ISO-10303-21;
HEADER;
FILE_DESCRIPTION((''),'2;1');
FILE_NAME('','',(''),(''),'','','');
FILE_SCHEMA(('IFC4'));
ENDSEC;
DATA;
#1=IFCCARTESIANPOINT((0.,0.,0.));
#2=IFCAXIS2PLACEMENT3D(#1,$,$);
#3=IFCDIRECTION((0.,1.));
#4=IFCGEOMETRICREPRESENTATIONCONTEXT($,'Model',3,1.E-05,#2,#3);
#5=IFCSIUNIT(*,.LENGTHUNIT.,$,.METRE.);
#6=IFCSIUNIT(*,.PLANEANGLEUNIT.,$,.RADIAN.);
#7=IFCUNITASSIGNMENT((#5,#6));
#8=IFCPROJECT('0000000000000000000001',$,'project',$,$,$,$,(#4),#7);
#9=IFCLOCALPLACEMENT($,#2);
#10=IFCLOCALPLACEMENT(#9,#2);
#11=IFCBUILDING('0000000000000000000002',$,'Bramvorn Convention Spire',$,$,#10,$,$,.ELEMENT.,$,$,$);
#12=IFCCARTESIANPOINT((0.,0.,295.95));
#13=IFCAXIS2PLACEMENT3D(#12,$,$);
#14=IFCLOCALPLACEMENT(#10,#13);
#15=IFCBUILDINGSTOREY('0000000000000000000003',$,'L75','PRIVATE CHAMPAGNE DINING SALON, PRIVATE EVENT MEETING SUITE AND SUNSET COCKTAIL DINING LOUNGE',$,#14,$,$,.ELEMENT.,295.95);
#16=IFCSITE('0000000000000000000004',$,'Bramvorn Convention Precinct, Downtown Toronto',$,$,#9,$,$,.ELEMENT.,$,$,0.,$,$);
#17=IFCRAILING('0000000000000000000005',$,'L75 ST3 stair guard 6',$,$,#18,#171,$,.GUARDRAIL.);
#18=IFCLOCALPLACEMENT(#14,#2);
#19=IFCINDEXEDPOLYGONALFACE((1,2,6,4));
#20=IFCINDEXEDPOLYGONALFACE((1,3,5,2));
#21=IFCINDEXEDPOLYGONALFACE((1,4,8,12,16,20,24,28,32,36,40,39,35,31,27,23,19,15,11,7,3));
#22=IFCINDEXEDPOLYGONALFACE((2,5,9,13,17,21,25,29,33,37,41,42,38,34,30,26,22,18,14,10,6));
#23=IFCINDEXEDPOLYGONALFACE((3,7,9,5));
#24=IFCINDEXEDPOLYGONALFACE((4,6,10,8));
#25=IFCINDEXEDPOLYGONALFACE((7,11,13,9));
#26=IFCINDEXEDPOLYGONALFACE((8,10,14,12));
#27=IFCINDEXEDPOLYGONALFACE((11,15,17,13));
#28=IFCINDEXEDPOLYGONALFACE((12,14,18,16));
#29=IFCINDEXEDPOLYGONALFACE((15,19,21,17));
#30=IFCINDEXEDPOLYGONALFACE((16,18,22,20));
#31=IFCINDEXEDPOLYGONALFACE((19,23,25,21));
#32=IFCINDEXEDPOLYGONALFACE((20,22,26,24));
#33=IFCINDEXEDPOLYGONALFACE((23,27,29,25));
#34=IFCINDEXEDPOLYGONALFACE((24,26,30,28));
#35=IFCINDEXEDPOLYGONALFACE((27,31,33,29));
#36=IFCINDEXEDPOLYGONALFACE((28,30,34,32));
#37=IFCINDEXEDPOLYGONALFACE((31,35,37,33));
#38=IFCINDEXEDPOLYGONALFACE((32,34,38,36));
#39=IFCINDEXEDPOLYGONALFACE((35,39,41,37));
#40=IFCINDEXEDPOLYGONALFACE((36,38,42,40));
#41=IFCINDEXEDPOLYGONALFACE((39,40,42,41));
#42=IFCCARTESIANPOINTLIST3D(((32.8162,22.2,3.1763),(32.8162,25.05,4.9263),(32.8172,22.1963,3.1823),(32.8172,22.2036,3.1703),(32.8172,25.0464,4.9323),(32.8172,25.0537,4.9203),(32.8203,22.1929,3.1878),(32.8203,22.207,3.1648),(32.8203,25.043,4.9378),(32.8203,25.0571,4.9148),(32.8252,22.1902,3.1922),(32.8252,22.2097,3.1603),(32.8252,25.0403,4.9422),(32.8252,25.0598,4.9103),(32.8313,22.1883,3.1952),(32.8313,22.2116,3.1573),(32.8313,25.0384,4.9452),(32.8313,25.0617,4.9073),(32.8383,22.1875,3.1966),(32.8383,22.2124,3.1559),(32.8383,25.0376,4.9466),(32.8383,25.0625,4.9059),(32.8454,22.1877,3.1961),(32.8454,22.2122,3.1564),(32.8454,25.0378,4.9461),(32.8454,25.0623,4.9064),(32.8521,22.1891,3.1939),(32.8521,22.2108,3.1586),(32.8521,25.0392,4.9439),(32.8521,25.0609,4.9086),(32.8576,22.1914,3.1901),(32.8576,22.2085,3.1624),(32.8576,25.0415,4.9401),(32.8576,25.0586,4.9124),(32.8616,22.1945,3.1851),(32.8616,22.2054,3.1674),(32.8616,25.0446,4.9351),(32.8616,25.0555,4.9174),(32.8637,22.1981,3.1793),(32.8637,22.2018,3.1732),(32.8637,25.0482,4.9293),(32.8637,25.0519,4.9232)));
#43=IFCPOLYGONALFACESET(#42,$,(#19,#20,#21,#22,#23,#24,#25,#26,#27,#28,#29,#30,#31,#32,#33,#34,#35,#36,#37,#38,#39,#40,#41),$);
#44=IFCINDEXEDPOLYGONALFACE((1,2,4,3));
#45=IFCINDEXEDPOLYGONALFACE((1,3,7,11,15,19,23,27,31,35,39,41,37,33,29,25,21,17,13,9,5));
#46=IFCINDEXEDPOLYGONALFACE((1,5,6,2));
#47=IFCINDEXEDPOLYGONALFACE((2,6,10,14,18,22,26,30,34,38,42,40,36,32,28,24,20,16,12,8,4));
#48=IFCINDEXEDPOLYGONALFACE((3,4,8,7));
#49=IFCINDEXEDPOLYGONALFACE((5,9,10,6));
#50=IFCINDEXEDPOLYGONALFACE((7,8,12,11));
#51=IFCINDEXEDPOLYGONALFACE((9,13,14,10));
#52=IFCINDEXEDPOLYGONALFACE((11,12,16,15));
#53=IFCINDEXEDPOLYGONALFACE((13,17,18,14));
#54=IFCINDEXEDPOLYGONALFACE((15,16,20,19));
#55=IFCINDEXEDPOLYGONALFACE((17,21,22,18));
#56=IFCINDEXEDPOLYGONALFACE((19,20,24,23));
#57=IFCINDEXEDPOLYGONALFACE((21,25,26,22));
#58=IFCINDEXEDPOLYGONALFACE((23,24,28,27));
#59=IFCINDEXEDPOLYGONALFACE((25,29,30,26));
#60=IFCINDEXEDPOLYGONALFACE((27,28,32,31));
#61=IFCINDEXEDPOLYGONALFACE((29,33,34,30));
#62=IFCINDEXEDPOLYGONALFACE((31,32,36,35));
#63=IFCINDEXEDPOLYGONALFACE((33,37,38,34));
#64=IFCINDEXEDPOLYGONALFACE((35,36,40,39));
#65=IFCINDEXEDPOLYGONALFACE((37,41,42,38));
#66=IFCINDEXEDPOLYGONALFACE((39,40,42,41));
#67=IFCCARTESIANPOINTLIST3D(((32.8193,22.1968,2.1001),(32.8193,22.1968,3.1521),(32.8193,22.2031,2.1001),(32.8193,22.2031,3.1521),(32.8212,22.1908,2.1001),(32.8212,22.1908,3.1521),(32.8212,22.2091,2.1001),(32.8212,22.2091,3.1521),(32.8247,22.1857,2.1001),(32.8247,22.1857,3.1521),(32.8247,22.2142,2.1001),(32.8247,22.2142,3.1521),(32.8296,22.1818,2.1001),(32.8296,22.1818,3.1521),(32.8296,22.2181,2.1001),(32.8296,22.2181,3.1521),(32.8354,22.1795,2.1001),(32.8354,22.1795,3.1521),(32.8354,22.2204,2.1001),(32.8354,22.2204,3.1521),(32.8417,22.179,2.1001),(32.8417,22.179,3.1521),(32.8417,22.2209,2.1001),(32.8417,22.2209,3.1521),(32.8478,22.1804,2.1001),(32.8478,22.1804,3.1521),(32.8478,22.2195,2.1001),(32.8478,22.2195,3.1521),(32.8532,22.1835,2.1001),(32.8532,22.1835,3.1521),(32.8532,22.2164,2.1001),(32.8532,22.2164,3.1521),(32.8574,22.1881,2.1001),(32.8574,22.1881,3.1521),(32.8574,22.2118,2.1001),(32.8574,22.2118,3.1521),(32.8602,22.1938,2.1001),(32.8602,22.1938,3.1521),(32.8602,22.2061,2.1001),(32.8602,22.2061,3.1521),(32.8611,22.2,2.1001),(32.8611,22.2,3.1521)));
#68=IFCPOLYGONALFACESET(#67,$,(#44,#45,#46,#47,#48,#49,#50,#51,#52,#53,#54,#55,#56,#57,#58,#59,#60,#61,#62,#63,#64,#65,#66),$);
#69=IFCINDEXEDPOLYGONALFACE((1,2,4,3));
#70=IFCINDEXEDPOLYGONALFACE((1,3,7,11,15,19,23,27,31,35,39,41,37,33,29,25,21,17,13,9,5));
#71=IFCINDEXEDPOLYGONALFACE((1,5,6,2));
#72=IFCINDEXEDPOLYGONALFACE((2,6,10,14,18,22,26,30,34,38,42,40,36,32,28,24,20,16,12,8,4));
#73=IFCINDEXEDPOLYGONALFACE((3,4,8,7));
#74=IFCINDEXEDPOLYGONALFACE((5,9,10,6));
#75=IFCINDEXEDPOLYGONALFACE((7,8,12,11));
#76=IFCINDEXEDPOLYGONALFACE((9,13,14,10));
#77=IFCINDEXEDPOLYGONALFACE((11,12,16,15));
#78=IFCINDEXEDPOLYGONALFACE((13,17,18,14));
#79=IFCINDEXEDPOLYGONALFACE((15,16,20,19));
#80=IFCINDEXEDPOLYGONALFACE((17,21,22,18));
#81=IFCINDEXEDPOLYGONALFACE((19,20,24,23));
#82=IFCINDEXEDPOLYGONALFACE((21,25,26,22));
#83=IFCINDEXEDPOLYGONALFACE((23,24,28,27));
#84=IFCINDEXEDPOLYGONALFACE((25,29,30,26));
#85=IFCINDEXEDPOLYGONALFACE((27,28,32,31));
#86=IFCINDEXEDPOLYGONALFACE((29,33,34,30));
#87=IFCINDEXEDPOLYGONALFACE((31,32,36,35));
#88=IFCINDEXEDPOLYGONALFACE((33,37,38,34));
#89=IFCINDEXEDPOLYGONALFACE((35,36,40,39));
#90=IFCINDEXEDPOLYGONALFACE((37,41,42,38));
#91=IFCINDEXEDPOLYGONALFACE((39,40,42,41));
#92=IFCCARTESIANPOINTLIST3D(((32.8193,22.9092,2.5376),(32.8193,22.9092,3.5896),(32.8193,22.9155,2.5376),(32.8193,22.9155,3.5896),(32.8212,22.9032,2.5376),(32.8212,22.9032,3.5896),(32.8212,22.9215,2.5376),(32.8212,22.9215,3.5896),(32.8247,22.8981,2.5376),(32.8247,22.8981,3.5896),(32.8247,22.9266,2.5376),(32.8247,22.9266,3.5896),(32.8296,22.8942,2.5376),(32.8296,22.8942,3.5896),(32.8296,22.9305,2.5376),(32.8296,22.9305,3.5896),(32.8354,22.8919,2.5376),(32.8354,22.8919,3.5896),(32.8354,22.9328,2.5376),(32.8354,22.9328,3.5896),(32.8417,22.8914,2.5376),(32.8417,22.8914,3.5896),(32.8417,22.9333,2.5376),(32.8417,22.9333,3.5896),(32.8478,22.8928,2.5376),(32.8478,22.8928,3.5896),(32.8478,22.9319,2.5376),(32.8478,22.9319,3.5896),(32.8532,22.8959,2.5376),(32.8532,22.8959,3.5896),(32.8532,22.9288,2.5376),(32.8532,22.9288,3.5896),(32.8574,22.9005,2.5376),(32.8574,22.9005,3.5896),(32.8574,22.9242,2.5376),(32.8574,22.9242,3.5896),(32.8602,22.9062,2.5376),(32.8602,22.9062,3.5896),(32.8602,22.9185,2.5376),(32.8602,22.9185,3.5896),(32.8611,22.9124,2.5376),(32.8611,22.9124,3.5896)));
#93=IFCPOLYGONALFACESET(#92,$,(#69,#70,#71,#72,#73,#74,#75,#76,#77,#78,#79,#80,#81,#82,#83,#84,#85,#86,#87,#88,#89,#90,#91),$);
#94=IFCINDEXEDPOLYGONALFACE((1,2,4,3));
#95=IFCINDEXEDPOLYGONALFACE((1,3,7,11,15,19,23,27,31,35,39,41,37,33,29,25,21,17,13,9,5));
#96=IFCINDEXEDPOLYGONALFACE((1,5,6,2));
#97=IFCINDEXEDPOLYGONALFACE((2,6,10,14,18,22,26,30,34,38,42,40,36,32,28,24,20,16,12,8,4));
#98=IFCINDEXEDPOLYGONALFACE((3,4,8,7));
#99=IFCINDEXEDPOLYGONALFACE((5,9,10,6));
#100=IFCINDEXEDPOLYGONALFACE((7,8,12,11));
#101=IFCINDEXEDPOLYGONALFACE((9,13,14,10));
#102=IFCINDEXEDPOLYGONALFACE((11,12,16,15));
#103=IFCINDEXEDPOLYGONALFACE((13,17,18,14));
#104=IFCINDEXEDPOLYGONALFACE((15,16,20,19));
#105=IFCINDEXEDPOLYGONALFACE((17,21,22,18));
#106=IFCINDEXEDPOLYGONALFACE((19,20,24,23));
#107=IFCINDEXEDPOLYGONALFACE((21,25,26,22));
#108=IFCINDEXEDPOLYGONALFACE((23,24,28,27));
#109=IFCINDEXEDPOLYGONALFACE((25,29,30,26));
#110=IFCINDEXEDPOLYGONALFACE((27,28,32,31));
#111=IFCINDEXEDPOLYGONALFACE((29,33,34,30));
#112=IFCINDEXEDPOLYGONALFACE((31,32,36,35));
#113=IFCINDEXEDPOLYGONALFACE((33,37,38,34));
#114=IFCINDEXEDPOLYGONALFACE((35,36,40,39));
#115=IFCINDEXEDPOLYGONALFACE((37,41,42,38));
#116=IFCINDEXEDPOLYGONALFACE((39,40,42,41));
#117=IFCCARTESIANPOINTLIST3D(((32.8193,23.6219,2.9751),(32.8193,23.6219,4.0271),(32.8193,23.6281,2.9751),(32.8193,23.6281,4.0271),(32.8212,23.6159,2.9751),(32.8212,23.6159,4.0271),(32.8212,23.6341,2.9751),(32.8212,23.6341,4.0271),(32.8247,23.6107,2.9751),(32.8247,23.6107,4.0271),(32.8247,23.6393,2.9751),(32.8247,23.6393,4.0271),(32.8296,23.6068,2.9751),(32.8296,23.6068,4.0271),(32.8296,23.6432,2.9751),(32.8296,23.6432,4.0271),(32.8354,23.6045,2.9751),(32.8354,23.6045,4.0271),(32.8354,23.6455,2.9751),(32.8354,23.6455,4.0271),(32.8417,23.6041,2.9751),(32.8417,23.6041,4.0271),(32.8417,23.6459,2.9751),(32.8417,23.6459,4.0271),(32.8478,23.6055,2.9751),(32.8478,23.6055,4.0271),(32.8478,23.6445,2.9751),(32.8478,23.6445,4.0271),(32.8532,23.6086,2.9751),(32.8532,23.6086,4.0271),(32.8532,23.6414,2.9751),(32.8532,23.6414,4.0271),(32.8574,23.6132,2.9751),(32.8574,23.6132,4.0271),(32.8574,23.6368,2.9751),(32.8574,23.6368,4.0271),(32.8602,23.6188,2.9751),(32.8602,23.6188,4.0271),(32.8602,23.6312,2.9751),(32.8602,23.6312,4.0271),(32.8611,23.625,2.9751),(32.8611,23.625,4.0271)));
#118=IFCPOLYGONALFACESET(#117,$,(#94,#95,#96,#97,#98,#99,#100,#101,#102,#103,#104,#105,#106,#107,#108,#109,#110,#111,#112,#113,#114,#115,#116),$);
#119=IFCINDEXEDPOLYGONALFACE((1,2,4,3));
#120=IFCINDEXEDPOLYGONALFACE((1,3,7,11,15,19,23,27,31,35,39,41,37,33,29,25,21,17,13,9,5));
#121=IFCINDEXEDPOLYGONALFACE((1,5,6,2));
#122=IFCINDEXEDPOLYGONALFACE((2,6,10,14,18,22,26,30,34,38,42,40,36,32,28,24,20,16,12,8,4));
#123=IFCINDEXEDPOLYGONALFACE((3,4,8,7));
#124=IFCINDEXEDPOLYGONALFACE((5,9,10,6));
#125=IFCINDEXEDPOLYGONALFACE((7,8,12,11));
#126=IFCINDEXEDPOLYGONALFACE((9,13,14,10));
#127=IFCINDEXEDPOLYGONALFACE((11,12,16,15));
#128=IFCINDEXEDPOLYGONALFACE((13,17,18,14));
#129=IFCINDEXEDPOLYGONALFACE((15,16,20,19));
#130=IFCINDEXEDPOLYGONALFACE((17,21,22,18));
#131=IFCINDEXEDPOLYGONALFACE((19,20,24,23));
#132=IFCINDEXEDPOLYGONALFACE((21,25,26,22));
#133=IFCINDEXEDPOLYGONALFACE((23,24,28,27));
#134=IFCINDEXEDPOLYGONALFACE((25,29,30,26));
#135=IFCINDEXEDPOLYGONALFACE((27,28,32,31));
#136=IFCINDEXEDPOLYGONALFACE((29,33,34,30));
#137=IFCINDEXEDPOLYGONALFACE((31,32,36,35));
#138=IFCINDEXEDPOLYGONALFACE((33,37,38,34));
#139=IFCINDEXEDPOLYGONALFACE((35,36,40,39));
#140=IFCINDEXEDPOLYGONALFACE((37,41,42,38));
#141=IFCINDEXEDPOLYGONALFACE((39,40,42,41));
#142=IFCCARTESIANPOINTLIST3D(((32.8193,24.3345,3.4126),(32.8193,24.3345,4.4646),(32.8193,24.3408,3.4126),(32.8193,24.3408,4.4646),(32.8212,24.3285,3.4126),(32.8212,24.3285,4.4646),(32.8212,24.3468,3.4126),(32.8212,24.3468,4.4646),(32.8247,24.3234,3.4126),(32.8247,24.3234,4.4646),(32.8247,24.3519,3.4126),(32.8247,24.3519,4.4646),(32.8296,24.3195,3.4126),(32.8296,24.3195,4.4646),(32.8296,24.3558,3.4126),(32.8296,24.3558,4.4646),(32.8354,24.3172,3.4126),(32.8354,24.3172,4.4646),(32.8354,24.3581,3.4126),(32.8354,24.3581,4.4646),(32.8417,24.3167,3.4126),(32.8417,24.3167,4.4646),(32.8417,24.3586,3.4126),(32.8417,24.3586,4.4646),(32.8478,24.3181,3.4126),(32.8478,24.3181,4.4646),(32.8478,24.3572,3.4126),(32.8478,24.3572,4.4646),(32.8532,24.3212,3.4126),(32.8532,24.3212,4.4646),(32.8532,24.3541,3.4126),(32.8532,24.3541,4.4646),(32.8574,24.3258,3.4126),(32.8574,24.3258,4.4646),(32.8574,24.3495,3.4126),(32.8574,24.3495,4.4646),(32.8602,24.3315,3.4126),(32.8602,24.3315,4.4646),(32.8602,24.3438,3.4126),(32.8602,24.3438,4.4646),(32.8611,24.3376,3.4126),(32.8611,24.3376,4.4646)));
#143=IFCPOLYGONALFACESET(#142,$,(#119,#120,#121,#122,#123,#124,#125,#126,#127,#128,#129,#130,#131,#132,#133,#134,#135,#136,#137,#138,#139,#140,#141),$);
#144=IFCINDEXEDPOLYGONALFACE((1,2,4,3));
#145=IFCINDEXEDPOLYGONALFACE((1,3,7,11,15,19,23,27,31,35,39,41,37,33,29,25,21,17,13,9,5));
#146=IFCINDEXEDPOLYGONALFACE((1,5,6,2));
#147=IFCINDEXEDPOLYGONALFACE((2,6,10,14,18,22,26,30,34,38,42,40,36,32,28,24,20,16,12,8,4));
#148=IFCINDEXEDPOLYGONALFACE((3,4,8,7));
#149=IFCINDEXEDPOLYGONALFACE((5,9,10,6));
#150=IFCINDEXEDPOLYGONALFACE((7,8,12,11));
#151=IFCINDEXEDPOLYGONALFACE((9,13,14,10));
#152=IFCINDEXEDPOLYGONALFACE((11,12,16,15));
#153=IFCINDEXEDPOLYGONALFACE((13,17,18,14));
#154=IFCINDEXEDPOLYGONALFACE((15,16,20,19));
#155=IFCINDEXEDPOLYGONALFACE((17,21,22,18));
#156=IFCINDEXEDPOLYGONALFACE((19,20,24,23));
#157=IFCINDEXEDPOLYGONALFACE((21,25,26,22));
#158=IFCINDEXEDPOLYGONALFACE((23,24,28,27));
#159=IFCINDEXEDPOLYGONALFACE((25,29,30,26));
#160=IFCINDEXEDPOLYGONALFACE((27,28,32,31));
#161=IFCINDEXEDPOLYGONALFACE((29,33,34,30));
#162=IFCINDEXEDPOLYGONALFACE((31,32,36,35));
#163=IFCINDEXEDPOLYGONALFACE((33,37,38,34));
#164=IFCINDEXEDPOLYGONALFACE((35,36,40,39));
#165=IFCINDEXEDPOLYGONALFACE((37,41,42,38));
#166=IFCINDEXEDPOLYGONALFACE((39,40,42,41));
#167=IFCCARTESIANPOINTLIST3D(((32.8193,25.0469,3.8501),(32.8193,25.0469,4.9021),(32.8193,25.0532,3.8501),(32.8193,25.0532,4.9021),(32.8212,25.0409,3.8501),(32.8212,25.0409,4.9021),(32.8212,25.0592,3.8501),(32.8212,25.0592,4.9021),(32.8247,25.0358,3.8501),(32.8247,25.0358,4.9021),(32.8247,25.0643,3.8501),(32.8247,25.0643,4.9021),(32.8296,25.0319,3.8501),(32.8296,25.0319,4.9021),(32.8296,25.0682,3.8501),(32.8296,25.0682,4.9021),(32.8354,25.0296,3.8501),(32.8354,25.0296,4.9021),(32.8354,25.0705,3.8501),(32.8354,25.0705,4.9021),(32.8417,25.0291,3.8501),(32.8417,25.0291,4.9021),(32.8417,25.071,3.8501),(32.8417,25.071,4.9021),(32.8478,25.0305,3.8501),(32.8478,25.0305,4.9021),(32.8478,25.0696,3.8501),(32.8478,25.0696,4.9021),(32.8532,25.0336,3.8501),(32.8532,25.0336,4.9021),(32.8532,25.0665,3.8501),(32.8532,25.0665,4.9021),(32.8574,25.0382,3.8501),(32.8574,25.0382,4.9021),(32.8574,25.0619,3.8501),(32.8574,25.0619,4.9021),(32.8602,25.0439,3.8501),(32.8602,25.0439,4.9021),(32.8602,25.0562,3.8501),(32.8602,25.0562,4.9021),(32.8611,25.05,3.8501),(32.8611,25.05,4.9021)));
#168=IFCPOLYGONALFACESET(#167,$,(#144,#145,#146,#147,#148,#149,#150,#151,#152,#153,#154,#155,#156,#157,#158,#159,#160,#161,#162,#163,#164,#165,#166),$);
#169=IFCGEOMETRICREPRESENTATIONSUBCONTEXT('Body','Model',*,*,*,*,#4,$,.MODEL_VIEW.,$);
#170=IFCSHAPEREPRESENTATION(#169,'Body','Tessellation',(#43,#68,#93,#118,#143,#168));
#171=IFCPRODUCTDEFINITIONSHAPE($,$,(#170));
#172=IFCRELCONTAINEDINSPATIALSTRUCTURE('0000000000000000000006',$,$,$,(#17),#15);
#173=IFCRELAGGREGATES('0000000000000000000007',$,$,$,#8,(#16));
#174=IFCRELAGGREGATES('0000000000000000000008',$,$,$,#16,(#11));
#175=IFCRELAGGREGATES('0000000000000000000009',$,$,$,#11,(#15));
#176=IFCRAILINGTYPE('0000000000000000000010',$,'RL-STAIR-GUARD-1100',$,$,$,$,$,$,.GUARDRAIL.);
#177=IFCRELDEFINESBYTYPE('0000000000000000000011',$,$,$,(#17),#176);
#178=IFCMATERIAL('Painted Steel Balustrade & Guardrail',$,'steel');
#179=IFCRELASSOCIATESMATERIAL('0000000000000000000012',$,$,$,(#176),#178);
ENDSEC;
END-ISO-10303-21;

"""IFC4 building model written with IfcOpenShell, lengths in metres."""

from ifc_helpers import new_model, si_unit, direction, frame, origin, origin_2d, place, context, subcontext, project, spatial, circle, extrude, material, type_object, element, save


model = new_model("IFC4")

# Units and contexts
model_context = context("Model", 3, precision=1e-05, world=origin(), true_north=direction((0.0, 1.0)))
body_context = subcontext(model_context, "Body", "Model", "MODEL_VIEW")
ifc_project = project(units=[si_unit("LENGTHUNIT", "METRE"), si_unit("PLANEANGLEUNIT", "RADIAN")], contexts=[model_context])

# Site, building, storey
site_placement = place(None, origin())
site = spatial("IfcSite", under=ifc_project, at=site_placement, Name="Bramvorn Convention Precinct, Downtown Toronto", CompositionType="ELEMENT", RefElevation=0.0)
building_placement = place(site_placement, origin())
building = spatial("IfcBuilding", under=site, at=building_placement, Name="Bramvorn Convention Spire", CompositionType="ELEMENT")
storey_placement = place(building_placement, frame((0.0, 0.0, 295.95)))
storey = spatial("IfcBuildingStorey", under=building, at=storey_placement, Name="L75", Description="PRIVATE CHAMPAGNE DINING SALON, PRIVATE EVENT MEETING SUITE AND SUNSET COCKTAIL DINING LOUNGE", CompositionType="ELEMENT", Elevation=295.95)

# Railing
ifc_material_1 = material(Name="Painted Steel Balustrade & Guardrail", Category="steel")
railing_type_1 = type_object("IfcRailingType", Name="RL-STAIR-GUARD-1100", PredefinedType="GUARDRAIL", material=ifc_material_1)
railing_1_placement = place(storey_placement, frame((32.8401, 22.2, 2.1001)))
element("IfcRailing", 1, at=railing_1_placement, inside=storey, type_object=railing_type_1, Name="L75 ST3 stair guard 6", PredefinedType="GUARDRAIL", context=body_context, shape_type="SweptSolid", body=[
    extrude(circle(Radius=0.0239, at=origin_2d()), frame((0.0, 0.0, 1.0762), z_axis=(0.0, 0.852179, 0.52325), x_axis=(-1.0, 0.0, 0.0)), (0.0, 0.0, 1.0), 3.3445),
    extrude(circle(Radius=0.021, at=origin_2d()), origin(), (0.0, 0.0, 1.0), 1.052),
    extrude(circle(Radius=0.021, at=origin_2d()), frame((0.0, 0.7124, 0.4375)), (0.0, 0.0, 1.0), 1.052),
    extrude(circle(Radius=0.021, at=origin_2d()), frame((0.0, 1.425, 0.875)), (0.0, 0.0, 1.0), 1.052),
    extrude(circle(Radius=0.021, at=origin_2d()), frame((0.0, 2.1377, 1.3125)), (0.0, 0.0, 1.0), 1.052),
    extrude(circle(Radius=0.021, at=origin_2d()), frame((0.0, 2.8501, 1.75)), (0.0, 0.0, 1.0), 1.052),
])

save(model, "model.ifc")
